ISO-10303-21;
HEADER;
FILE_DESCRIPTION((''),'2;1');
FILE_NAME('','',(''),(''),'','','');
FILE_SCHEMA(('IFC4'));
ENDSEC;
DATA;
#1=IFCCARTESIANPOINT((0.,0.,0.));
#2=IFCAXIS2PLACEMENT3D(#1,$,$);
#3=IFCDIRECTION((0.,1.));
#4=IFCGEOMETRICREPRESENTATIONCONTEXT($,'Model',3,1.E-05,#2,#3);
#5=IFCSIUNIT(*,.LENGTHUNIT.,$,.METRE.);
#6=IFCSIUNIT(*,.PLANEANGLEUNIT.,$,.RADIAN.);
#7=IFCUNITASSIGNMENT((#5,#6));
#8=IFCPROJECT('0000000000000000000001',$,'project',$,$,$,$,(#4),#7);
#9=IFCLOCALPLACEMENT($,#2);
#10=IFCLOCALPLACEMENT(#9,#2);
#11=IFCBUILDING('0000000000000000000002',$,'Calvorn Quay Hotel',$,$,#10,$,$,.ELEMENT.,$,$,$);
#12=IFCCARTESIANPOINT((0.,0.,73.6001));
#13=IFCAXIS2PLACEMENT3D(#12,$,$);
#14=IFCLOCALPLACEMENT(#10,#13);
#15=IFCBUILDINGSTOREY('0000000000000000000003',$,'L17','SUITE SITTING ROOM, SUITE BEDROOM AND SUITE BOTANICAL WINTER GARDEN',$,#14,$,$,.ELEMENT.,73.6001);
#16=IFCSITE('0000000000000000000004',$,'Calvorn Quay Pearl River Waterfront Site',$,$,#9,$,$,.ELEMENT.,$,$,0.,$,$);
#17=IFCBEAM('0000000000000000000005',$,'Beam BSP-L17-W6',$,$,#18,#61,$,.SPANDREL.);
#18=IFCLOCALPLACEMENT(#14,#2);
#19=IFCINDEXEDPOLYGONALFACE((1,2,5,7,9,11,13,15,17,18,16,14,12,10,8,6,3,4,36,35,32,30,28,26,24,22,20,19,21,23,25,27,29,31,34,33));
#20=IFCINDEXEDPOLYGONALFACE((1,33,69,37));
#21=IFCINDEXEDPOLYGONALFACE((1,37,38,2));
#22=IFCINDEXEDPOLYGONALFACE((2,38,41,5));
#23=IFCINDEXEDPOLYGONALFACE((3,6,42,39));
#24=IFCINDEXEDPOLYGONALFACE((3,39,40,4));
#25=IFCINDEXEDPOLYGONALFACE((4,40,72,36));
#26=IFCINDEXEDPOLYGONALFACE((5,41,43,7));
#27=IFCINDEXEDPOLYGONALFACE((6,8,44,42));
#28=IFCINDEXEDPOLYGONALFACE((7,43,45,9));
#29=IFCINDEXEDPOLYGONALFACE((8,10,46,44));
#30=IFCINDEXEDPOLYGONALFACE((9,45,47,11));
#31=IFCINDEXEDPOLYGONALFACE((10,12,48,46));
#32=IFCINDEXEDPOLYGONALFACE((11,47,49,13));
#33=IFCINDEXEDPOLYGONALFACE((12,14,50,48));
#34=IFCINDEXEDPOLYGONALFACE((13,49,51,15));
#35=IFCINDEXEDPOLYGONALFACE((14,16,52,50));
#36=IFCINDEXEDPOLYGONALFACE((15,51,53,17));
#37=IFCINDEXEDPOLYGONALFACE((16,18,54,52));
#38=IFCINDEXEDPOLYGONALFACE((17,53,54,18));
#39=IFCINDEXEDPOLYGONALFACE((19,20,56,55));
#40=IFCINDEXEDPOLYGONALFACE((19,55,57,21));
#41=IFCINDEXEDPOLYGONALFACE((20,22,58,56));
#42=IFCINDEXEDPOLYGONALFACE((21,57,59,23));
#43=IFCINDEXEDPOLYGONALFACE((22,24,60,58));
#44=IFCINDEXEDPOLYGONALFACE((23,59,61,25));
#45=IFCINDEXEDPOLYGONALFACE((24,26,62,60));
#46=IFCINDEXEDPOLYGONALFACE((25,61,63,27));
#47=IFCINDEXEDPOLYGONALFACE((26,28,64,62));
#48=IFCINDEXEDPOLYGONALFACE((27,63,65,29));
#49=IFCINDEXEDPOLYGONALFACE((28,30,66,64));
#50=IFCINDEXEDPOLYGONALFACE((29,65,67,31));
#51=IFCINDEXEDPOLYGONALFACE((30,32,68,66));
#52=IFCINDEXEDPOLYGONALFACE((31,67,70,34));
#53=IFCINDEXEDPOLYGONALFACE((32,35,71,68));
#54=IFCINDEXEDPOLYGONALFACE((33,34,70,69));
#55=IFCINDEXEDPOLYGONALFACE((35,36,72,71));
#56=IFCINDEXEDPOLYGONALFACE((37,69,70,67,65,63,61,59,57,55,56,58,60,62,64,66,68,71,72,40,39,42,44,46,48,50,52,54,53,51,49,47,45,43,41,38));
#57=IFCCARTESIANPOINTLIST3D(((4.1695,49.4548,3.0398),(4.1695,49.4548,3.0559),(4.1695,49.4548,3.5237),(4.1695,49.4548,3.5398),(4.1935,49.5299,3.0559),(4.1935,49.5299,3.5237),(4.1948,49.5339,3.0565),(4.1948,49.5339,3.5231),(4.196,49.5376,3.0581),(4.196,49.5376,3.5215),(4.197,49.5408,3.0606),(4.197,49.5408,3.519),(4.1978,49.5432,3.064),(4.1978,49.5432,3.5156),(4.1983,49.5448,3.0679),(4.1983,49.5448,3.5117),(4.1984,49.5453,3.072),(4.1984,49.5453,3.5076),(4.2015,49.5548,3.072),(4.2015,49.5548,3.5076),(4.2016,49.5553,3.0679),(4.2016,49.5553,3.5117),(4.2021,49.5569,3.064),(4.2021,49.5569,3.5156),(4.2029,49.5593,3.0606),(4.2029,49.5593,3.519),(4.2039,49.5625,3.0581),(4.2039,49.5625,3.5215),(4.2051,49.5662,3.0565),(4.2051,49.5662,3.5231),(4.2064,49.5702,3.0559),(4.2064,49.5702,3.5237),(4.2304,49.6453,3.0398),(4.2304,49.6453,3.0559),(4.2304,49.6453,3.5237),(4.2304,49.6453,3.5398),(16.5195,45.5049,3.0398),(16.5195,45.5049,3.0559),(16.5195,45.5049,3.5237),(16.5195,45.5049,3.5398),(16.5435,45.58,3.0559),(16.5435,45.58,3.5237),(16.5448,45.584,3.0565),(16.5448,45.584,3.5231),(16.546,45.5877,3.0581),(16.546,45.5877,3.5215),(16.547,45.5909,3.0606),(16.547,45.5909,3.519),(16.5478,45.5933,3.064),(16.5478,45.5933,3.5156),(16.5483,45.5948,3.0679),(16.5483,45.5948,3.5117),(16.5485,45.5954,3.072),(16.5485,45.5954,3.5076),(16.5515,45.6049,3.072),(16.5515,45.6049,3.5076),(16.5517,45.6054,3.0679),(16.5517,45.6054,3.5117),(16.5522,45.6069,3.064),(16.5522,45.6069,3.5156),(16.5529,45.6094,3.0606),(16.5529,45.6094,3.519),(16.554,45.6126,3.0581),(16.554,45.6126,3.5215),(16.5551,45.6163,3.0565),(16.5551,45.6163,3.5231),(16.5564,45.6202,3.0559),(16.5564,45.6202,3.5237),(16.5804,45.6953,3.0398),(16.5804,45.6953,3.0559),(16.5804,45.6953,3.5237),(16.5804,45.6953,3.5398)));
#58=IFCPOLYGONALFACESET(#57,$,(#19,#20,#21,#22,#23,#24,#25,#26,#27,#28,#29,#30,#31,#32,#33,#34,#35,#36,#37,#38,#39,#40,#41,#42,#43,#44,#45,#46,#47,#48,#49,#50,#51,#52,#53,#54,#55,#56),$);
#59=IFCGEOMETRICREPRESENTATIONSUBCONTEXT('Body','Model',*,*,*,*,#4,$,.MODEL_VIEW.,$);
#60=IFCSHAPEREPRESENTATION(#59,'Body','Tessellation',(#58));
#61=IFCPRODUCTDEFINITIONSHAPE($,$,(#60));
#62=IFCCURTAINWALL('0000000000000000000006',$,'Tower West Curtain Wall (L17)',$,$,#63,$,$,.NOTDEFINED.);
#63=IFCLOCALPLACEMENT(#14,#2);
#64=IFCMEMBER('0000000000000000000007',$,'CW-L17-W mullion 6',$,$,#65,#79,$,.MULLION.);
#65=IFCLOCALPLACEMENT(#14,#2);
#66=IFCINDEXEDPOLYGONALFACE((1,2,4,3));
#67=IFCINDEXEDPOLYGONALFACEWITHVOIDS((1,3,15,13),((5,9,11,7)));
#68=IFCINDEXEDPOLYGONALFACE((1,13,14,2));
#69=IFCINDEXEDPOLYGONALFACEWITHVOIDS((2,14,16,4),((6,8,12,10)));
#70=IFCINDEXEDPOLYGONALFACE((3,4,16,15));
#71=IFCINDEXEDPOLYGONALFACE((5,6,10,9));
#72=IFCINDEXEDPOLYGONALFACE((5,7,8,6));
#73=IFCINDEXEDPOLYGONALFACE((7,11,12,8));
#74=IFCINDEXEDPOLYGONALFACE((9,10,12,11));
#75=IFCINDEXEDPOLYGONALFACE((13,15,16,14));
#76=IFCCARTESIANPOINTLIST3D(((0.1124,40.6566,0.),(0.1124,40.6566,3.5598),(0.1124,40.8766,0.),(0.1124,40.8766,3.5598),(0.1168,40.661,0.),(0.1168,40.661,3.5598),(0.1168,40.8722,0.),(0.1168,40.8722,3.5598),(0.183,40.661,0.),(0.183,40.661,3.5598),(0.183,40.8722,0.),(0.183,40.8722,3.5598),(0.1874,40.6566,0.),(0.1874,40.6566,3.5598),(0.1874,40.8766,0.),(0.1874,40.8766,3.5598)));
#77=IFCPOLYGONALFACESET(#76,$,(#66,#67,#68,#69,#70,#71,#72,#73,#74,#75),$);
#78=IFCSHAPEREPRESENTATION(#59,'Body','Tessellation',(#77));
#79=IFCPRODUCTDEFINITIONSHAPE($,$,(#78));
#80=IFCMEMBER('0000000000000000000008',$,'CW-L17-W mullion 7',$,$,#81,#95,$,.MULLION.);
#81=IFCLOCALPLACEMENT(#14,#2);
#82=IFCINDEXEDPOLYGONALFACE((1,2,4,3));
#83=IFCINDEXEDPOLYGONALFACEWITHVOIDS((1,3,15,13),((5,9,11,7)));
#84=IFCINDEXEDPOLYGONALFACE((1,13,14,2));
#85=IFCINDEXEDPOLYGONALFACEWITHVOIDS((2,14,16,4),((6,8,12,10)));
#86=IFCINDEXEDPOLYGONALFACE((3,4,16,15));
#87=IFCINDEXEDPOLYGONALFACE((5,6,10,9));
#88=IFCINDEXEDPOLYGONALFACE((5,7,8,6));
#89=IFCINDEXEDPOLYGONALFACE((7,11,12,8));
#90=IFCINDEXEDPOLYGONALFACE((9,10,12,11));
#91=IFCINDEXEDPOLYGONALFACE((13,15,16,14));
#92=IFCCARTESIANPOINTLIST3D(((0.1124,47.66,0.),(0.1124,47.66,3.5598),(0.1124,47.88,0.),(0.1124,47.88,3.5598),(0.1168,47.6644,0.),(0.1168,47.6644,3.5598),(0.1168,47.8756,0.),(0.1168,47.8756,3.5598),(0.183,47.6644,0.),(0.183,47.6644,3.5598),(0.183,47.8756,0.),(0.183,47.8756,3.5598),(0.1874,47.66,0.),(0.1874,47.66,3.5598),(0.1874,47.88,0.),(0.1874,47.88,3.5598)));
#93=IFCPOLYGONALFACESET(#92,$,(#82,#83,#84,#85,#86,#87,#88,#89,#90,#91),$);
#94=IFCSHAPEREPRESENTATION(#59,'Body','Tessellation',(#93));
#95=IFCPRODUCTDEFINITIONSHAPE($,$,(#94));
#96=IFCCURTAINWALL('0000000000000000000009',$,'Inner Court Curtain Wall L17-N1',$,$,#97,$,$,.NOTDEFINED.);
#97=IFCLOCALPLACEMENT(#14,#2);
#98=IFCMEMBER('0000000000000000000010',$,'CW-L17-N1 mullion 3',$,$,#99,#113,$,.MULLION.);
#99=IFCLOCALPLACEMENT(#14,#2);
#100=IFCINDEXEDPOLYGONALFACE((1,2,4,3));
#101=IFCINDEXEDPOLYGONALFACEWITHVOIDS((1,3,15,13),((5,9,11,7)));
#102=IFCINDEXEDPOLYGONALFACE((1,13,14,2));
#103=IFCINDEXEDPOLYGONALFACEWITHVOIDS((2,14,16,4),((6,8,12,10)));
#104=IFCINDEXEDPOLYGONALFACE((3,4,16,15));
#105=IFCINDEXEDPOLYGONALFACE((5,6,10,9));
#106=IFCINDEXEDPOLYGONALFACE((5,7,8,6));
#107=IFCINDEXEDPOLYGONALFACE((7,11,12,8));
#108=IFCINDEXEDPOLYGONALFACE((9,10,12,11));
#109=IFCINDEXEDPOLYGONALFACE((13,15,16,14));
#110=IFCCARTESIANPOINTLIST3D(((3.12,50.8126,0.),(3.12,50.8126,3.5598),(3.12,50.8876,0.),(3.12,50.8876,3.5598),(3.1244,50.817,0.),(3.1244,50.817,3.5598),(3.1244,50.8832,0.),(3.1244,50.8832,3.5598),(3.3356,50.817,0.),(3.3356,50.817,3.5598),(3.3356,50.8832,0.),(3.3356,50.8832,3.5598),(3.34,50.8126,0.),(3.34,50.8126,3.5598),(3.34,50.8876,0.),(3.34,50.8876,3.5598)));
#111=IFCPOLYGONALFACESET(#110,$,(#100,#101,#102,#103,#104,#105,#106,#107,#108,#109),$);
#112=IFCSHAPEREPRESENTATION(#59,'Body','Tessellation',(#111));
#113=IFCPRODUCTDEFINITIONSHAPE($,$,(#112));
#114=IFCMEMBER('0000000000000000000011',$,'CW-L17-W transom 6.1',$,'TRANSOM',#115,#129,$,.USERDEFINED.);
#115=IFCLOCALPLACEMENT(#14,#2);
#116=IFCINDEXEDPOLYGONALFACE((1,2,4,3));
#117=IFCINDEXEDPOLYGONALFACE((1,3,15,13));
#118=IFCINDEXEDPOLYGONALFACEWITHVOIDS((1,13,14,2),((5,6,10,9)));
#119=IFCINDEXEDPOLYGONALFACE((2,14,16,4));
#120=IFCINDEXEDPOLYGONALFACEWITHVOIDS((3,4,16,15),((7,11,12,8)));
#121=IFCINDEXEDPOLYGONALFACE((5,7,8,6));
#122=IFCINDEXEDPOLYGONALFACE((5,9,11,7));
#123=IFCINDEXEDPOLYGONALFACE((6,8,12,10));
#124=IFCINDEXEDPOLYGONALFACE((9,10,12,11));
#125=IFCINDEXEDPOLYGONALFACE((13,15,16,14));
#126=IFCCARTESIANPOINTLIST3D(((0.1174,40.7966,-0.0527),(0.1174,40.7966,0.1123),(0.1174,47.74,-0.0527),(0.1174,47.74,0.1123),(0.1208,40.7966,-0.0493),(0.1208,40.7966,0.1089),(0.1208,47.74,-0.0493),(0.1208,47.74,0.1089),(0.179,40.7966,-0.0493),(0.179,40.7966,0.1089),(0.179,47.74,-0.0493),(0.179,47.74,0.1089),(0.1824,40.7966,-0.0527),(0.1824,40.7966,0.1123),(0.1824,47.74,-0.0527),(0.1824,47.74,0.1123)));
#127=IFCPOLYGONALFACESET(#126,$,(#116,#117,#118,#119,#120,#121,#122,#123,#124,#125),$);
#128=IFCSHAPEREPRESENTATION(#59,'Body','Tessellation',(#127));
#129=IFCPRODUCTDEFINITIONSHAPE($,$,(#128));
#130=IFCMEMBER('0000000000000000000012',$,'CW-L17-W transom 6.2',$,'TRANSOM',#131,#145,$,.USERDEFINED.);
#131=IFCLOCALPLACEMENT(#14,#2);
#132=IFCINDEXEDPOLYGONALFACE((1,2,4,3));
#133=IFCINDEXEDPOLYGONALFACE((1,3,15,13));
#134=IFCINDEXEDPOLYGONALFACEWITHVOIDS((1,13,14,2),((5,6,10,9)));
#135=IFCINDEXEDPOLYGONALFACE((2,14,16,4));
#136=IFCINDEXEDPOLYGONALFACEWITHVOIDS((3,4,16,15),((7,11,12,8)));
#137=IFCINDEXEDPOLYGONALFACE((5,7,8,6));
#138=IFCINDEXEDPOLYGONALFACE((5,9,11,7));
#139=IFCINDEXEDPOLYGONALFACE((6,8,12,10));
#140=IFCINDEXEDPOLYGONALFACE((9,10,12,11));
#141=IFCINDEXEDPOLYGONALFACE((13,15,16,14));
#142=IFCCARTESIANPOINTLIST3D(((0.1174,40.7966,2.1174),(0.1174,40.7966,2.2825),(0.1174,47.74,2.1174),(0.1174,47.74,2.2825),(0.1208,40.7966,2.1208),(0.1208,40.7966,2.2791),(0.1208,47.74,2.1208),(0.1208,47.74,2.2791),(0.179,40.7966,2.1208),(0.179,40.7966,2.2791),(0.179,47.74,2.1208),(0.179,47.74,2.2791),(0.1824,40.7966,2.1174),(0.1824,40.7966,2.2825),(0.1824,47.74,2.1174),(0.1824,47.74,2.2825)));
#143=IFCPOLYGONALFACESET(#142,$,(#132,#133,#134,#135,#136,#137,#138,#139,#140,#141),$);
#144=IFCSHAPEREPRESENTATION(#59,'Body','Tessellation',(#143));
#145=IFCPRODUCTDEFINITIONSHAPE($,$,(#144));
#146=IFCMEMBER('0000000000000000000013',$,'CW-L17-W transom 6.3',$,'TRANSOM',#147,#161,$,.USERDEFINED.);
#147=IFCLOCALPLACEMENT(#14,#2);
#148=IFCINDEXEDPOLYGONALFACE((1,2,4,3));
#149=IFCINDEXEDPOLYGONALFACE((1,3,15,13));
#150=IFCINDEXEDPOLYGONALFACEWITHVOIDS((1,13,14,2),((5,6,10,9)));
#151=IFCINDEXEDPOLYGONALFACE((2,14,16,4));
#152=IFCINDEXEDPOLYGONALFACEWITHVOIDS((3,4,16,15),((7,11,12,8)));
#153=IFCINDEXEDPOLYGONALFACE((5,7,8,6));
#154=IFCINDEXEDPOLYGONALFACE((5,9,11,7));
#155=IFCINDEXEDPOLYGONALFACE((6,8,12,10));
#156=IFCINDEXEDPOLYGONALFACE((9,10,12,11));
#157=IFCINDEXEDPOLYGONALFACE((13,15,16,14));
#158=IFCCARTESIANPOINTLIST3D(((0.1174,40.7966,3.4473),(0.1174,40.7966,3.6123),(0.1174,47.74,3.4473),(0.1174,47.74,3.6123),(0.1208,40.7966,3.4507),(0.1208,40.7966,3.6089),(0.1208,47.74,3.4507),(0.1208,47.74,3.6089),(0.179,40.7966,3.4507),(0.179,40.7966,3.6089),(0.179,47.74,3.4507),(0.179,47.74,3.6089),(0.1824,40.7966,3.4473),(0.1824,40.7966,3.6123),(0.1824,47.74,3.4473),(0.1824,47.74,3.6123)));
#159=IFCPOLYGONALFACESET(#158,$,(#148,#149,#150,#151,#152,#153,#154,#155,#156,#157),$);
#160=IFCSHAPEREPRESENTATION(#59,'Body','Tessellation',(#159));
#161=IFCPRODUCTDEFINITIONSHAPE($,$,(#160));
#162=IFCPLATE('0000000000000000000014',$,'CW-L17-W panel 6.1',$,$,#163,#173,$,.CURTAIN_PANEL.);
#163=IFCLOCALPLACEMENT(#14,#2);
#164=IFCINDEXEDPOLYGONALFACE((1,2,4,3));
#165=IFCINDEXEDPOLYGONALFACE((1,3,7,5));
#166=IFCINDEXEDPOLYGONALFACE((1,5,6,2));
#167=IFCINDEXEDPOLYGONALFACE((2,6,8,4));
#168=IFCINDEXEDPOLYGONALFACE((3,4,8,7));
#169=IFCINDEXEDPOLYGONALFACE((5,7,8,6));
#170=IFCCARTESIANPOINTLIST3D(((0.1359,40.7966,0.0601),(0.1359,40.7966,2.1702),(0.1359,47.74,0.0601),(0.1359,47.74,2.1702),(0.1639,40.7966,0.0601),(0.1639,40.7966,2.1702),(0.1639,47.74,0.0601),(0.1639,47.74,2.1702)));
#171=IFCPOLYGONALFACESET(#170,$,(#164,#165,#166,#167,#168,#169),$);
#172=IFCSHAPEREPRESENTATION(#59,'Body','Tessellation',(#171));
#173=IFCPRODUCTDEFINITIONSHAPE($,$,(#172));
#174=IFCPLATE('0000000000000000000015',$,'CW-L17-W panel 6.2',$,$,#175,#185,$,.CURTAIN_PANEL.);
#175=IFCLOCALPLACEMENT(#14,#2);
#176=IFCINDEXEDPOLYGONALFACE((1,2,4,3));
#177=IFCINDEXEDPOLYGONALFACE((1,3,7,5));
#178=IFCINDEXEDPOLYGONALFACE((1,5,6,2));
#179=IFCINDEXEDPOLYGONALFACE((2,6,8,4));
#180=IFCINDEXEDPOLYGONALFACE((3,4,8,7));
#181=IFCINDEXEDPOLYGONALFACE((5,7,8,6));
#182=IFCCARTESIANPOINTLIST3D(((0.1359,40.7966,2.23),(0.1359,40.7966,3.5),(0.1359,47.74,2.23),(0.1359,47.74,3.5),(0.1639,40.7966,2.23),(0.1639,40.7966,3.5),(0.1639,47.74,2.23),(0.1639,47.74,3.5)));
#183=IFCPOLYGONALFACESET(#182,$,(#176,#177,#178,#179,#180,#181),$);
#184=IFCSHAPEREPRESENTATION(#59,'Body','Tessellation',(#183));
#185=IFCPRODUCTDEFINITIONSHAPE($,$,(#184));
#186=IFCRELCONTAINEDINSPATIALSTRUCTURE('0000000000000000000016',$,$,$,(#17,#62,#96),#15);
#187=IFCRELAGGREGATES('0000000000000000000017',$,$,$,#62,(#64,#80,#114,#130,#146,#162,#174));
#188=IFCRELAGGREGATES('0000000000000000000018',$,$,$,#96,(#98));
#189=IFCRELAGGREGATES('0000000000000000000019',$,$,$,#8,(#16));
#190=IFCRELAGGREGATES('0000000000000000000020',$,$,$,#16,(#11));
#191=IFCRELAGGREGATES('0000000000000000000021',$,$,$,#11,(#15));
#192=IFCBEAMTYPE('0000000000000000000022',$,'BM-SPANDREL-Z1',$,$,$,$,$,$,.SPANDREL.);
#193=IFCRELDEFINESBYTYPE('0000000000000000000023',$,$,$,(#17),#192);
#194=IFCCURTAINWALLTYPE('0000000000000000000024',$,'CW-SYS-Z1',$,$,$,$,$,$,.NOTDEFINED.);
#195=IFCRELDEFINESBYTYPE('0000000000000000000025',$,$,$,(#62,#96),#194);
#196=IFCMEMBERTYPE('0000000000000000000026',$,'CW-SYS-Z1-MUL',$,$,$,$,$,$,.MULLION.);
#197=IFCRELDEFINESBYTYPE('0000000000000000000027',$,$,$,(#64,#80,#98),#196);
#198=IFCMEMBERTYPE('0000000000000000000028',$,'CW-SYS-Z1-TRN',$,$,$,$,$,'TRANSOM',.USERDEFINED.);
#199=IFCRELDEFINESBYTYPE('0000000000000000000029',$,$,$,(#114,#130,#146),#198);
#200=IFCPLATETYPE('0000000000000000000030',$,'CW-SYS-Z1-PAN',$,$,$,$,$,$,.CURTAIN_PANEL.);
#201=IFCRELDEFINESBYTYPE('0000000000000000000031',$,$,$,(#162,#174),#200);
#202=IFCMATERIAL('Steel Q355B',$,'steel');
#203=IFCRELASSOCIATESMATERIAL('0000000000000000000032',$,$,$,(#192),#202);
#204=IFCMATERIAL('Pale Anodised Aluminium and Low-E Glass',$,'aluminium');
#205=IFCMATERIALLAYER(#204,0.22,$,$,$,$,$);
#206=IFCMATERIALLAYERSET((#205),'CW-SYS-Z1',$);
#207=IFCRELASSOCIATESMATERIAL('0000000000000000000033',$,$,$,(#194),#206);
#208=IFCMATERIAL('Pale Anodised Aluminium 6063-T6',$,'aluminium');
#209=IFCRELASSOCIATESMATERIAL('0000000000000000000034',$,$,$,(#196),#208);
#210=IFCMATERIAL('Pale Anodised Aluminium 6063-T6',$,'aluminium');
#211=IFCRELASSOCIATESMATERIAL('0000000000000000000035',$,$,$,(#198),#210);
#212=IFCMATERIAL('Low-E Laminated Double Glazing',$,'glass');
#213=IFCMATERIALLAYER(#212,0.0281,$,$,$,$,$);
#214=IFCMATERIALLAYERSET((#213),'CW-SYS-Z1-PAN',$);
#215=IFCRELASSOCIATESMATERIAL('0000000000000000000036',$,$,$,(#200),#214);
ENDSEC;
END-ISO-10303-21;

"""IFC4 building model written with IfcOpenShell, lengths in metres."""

from ifc_helpers import new_model, si_unit, direction, frame, origin, origin_2d, place, context, subcontext, project, spatial, rectangle, hollow_rectangle, i_section, extrude, material, layer, layer_set, material_profile, profile_set, type_object, element, aggregate, save


model = new_model("IFC4")

# Units and contexts
model_context = context("Model", 3, precision=1e-05, world=origin(), true_north=direction((0.0, 1.0)))
body_context = subcontext(model_context, "Body", "Model", "MODEL_VIEW")
ifc_project = project(units=[si_unit("LENGTHUNIT", "METRE"), si_unit("PLANEANGLEUNIT", "RADIAN")], contexts=[model_context])

# Site, building, storey
site_placement = place(None, origin())
site = spatial("IfcSite", under=ifc_project, at=site_placement, Name="Calvorn Quay Pearl River Waterfront Site", CompositionType="ELEMENT", RefElevation=0.0)
building_placement = place(site_placement, origin())
building = spatial("IfcBuilding", under=site, at=building_placement, Name="Calvorn Quay Hotel", CompositionType="ELEMENT")
storey_placement = place(building_placement, frame((0.0, 0.0, 73.6001)))
storey = spatial("IfcBuildingStorey", under=building, at=storey_placement, Name="L17", Description="SUITE SITTING ROOM, SUITE BEDROOM AND SUITE BOTANICAL WINTER GARDEN", CompositionType="ELEMENT", Elevation=73.6001)

# Beam
ifc_material_1 = material(Name="Steel Q355B", Category="steel")
ifc_material_profile_1 = material_profile(ifc_material_1, i_section(OverallWidth=0.2, OverallDepth=0.5, WebThickness=0.01, FlangeThickness=0.0161, FilletRadius=0.0161, at=origin_2d()), Name="HN500x200x10x16")
ifc_profile_set_1 = profile_set([ifc_material_profile_1], Name="Steel Q355B")
beam_type_1 = type_object("IfcBeamType", Name="BM-SPANDREL-Z1", PredefinedType="SPANDREL", material=ifc_profile_set_1)
beam_1_placement = place(storey_placement, frame((4.2, 49.55, 3.2898), z_axis=(0.952471, -0.30463, 0.0), x_axis=(0.30463, 0.952471, 0.0)))
element("IfcBeam", 1, at=beam_1_placement, inside=storey, type_object=beam_type_1, Name="Beam BSP-L17-W6", PredefinedType="SPANDREL", context=body_context, shape_type="SweptSolid", body=[
    extrude(i_section(OverallWidth=0.2, OverallDepth=0.5, WebThickness=0.01, FlangeThickness=0.0161, FilletRadius=0.0161, at=origin_2d()), origin(), (0.0, 0.0, 1.0), 12.9663),
])

# Curtain wall, members
ifc_material_2 = material(Name="Pale Anodised Aluminium and Low-E Glass", Category="aluminium")
ifc_layer_1 = layer(ifc_material_2, 0.22)
ifc_layer_set_1 = layer_set([ifc_layer_1], Name="CW-SYS-Z1")
curtain_wall_type = type_object("IfcCurtainWallType", Name="CW-SYS-Z1", PredefinedType="NOTDEFINED", material=ifc_layer_set_1)
curtain_wall_1_placement = place(storey_placement, origin())
curtain_wall_1 = element("IfcCurtainWall", 2, at=curtain_wall_1_placement, inside=storey, type_object=curtain_wall_type, Name="Tower West Curtain Wall (L17)", PredefinedType="NOTDEFINED")
ifc_material_3 = material(Name="Pale Anodised Aluminium 6063-T6", Category="aluminium")
ifc_material_profile_2 = material_profile(ifc_material_3, hollow_rectangle(XDim=0.075, YDim=0.22, WallThickness=0.0044, at=origin_2d()), Name="ALU-M220x75x4.5")
ifc_profile_set_2 = profile_set([ifc_material_profile_2], Name="Pale Anodised Aluminium 6063-T6")
member_type_1 = type_object("IfcMemberType", Name="CW-SYS-Z1-MUL", PredefinedType="MULLION", material=ifc_profile_set_2)
member_1_placement = place(storey_placement, frame((0.1499, 40.7666, 0.0), z_axis=(0.0, 0.0, 1.0), x_axis=(-1.0, 0.0, 0.0)))
member_1 = element("IfcMember", 3, at=member_1_placement, type_object=member_type_1, Name="CW-L17-W mullion 6", PredefinedType="MULLION", context=body_context, shape_type="SweptSolid", body=[
    extrude(hollow_rectangle(XDim=0.075, YDim=0.22, WallThickness=0.0044, at=origin_2d()), origin(), (0.0, 0.0, 1.0), 3.5598),
])
member_2_placement = place(storey_placement, frame((0.1499, 47.77, 0.0), z_axis=(0.0, 0.0, 1.0), x_axis=(-1.0, 0.0, 0.0)))
member_2 = element("IfcMember", 4, at=member_2_placement, type_object=member_type_1, Name="CW-L17-W mullion 7", PredefinedType="MULLION", context=body_context, shape_type="SweptSolid", body=[
    extrude(hollow_rectangle(XDim=0.075, YDim=0.22, WallThickness=0.0044, at=origin_2d()), origin(), (0.0, 0.0, 1.0), 3.5598),
])

# Curtain wall, member
curtain_wall_2_placement = place(storey_placement, origin())
curtain_wall_2 = element("IfcCurtainWall", 5, at=curtain_wall_2_placement, inside=storey, type_object=curtain_wall_type, Name="Inner Court Curtain Wall L17-N1", PredefinedType="NOTDEFINED")
member_3_placement = place(storey_placement, frame((3.23, 50.8501, 0.0), z_axis=(0.0, 0.0, 1.0), x_axis=(0.0, -1.0, 0.0)))
member_3 = element("IfcMember", 6, at=member_3_placement, type_object=member_type_1, Name="CW-L17-N1 mullion 3", PredefinedType="MULLION", context=body_context, shape_type="SweptSolid", body=[
    extrude(hollow_rectangle(XDim=0.075, YDim=0.22, WallThickness=0.0044, at=origin_2d()), origin(), (0.0, 0.0, 1.0), 3.5598),
])

# Members
ifc_material_4 = material(Name="Pale Anodised Aluminium 6063-T6", Category="aluminium")
ifc_material_profile_3 = material_profile(ifc_material_4, hollow_rectangle(XDim=0.0649, YDim=0.165, WallThickness=0.0034, at=origin_2d()), Name="ALU-T165x65x3.5")
ifc_profile_set_3 = profile_set([ifc_material_profile_3], Name="Pale Anodised Aluminium 6063-T6")
member_type_2 = type_object("IfcMemberType", Name="CW-SYS-Z1-TRN", ElementType="TRANSOM", PredefinedType="USERDEFINED", material=ifc_profile_set_3)
member_4_placement = place(storey_placement, frame((0.1499, 40.7966, 0.0298), z_axis=(0.0, 1.0, 0.0), x_axis=(-1.0, 0.0, 0.0)))
member_4 = element("IfcMember", 7, at=member_4_placement, type_object=member_type_2, Name="CW-L17-W transom 6.1", ObjectType="TRANSOM", PredefinedType="USERDEFINED", context=body_context, shape_type="SweptSolid", body=[
    extrude(hollow_rectangle(XDim=0.0649, YDim=0.165, WallThickness=0.0034, at=origin_2d()), origin(), (0.0, 0.0, 1.0), 6.9434),
])
member_5_placement = place(storey_placement, frame((0.1499, 40.7966, 2.2), z_axis=(0.0, 1.0, 0.0), x_axis=(-1.0, 0.0, 0.0)))
member_5 = element("IfcMember", 8, at=member_5_placement, type_object=member_type_2, Name="CW-L17-W transom 6.2", ObjectType="TRANSOM", PredefinedType="USERDEFINED", context=body_context, shape_type="SweptSolid", body=[
    extrude(hollow_rectangle(XDim=0.0649, YDim=0.165, WallThickness=0.0034, at=origin_2d()), origin(), (0.0, 0.0, 1.0), 6.9434),
])
member_6_placement = place(storey_placement, frame((0.1499, 40.7966, 3.5298), z_axis=(0.0, 1.0, 0.0), x_axis=(-1.0, 0.0, 0.0)))
member_6 = element("IfcMember", 9, at=member_6_placement, type_object=member_type_2, Name="CW-L17-W transom 6.3", ObjectType="TRANSOM", PredefinedType="USERDEFINED", context=body_context, shape_type="SweptSolid", body=[
    extrude(hollow_rectangle(XDim=0.0649, YDim=0.165, WallThickness=0.0034, at=origin_2d()), origin(), (0.0, 0.0, 1.0), 6.9434),
])

# Plates
ifc_material_5 = material(Name="Low-E Laminated Double Glazing", Category="glass")
ifc_layer_2 = layer(ifc_material_5, 0.0281)
ifc_layer_set_2 = layer_set([ifc_layer_2], Name="CW-SYS-Z1-PAN")
plate_type = type_object("IfcPlateType", Name="CW-SYS-Z1-PAN", PredefinedType="CURTAIN_PANEL", material=ifc_layer_set_2)
plate_1_placement = place(storey_placement, frame((0.1499, 44.2683, 0.0601), z_axis=(0.0, 0.0, 1.0), x_axis=(0.0, 1.0, 0.0)))
plate_1 = element("IfcPlate", 10, at=plate_1_placement, type_object=plate_type, Name="CW-L17-W panel 6.1", PredefinedType="CURTAIN_PANEL", context=body_context, shape_type="SweptSolid", body=[
    extrude(rectangle(XDim=6.9434, YDim=0.0281, at=origin_2d()), origin(), (0.0, 0.0, 1.0), 2.1101),
])
plate_2_placement = place(storey_placement, frame((0.1499, 44.2683, 2.23), z_axis=(0.0, 0.0, 1.0), x_axis=(0.0, 1.0, 0.0)))
plate_2 = element("IfcPlate", 11, at=plate_2_placement, type_object=plate_type, Name="CW-L17-W panel 6.2", PredefinedType="CURTAIN_PANEL", context=body_context, shape_type="SweptSolid", body=[
    extrude(rectangle(XDim=6.9434, YDim=0.0281, at=origin_2d()), origin(), (0.0, 0.0, 1.0), 1.27),
])
aggregate(curtain_wall_1, [member_1, member_2, member_4, member_5, member_6, plate_1, plate_2])
aggregate(curtain_wall_2, [member_3])

save(model, "model.ifc")
